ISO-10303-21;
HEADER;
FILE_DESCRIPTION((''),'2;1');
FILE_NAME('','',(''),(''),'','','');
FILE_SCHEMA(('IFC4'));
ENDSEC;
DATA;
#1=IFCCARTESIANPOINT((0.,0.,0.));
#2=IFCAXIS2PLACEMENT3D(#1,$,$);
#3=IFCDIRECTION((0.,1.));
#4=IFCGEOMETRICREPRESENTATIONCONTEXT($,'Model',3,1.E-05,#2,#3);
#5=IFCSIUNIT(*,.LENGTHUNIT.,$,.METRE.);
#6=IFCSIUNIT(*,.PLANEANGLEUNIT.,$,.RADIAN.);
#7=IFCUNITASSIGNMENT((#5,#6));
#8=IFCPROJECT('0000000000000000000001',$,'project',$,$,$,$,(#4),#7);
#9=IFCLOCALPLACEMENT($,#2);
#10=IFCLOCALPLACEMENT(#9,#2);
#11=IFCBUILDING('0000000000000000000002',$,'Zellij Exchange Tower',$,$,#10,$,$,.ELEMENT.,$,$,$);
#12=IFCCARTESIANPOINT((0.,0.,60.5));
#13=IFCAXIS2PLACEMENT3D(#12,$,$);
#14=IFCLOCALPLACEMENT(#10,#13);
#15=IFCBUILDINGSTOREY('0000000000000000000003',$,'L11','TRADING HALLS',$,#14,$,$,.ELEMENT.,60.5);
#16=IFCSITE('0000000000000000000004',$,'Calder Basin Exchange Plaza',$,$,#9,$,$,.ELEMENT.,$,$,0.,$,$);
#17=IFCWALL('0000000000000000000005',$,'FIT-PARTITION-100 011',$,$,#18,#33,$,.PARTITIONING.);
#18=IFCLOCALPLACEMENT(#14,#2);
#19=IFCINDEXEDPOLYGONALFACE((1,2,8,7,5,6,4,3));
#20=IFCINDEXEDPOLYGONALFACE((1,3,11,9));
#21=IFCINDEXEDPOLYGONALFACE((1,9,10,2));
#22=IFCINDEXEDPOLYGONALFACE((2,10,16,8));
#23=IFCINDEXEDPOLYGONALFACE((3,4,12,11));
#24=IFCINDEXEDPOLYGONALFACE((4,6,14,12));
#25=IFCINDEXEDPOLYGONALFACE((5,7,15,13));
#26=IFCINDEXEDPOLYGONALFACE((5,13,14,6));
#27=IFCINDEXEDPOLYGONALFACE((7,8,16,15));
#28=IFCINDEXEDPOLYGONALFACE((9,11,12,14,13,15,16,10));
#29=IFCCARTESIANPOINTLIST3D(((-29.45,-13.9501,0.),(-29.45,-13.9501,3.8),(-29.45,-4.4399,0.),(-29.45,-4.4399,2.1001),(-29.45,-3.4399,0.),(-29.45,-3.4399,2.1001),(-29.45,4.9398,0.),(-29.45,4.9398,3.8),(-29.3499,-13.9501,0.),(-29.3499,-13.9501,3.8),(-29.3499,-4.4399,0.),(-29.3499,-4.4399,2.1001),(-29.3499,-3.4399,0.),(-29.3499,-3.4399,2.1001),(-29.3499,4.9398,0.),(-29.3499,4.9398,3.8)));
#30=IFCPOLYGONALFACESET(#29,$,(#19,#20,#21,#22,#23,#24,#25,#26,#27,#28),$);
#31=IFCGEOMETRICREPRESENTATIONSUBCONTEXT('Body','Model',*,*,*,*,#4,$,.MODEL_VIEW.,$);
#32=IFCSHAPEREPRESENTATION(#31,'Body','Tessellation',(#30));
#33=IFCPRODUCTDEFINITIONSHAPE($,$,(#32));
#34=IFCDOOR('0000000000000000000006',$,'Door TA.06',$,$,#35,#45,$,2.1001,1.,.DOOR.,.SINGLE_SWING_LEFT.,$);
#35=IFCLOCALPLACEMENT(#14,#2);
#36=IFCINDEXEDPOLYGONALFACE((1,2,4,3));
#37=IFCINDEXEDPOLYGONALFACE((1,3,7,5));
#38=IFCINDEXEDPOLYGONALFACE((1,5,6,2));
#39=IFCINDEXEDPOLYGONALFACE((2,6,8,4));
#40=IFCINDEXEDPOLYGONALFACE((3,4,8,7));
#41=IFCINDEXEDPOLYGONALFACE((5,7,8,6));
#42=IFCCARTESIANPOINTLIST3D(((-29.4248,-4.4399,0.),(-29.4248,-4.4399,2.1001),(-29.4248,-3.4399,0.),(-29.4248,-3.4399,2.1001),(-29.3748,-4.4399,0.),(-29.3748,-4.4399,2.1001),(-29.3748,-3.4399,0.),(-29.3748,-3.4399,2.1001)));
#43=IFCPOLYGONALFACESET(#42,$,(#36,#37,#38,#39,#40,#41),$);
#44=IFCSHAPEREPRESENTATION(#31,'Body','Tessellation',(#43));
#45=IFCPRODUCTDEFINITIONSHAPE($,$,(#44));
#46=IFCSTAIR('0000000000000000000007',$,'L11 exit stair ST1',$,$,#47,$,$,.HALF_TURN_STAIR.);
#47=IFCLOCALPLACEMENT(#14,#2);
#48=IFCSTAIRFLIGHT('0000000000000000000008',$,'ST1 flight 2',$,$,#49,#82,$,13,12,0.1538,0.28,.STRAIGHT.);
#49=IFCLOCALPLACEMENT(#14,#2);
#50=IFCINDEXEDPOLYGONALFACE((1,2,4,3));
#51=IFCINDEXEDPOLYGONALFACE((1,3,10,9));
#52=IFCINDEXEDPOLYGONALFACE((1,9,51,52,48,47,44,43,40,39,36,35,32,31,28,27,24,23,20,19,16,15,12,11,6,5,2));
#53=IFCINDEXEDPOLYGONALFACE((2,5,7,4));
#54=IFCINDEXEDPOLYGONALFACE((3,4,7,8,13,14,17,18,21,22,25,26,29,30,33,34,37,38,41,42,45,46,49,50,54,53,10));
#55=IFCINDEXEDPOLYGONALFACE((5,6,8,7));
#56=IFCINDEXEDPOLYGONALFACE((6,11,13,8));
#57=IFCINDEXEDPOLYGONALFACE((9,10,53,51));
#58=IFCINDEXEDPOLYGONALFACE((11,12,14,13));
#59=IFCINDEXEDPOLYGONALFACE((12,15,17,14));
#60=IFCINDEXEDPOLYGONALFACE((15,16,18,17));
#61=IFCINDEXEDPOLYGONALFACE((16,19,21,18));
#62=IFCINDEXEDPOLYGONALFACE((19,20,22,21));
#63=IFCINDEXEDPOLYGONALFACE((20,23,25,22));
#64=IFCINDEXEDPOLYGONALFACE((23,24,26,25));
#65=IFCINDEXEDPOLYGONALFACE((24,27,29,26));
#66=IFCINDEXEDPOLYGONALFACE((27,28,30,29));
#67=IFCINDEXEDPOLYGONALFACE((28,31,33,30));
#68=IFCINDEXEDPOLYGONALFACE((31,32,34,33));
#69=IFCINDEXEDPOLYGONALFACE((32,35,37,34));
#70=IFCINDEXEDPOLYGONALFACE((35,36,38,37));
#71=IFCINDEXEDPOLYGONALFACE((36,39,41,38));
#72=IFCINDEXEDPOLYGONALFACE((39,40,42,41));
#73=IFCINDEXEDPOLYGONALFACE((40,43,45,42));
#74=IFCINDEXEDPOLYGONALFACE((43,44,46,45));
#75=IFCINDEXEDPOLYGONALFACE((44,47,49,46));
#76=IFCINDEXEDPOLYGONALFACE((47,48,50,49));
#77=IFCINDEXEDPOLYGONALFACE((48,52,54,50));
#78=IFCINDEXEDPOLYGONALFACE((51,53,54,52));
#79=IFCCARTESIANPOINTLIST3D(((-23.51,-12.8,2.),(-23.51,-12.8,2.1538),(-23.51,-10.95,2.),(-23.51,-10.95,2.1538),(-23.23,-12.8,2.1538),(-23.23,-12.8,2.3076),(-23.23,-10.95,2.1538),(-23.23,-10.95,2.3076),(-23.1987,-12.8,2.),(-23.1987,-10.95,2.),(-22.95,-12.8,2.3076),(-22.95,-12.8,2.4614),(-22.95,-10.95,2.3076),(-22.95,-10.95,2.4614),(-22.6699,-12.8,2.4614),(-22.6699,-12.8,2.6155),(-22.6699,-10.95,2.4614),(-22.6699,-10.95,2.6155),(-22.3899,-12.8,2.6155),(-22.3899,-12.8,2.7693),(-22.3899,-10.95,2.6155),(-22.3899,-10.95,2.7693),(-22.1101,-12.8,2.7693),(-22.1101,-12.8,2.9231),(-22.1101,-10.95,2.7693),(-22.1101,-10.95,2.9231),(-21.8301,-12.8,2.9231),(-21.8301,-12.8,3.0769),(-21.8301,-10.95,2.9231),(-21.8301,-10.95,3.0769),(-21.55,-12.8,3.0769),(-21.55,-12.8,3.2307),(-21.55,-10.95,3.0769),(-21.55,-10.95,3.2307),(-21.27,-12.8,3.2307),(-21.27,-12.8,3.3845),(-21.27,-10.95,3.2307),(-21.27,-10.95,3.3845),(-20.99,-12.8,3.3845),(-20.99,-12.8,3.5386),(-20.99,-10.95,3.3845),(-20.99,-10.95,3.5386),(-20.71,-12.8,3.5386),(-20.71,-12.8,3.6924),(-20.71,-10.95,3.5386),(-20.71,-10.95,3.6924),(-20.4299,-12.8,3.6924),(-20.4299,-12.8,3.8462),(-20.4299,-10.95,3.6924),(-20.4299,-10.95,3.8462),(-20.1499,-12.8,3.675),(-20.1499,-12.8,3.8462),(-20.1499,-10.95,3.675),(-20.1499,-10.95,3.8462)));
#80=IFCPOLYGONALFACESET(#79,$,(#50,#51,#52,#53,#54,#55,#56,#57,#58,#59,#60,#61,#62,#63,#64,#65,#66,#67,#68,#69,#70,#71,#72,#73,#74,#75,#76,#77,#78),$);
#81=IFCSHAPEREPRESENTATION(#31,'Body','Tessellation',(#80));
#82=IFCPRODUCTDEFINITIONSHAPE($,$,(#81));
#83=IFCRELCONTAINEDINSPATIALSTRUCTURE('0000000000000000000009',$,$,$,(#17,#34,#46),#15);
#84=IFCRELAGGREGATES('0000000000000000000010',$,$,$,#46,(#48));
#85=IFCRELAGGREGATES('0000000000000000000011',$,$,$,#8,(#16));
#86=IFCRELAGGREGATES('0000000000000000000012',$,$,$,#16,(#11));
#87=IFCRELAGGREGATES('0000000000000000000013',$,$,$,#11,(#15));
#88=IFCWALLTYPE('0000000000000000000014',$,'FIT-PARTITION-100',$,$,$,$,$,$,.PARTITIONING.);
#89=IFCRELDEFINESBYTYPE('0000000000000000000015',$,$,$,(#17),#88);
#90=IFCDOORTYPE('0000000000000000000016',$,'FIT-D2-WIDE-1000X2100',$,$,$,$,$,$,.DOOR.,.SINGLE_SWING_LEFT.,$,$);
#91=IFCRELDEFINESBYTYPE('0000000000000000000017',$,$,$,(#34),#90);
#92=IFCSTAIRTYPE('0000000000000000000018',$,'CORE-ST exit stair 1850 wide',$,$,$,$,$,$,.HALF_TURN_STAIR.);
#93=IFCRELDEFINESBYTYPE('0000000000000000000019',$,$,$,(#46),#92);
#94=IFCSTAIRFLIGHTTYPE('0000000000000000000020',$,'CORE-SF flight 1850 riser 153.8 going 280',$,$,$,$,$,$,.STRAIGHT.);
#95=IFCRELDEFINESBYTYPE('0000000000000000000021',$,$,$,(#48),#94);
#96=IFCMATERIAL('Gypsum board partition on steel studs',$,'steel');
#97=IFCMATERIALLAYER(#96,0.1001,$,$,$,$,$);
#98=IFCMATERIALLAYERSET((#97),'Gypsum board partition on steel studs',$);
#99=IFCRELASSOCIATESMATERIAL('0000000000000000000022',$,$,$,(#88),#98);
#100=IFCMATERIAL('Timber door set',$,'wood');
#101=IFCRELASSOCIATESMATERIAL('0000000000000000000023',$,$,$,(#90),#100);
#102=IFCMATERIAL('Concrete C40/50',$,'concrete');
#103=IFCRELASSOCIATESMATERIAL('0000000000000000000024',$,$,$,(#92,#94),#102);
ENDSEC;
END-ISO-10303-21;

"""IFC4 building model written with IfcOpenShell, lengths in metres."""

from ifc_helpers import new_model, si_unit, direction, frame, frame_2d, origin, place, context, subcontext, project, spatial, polyline, rectangle, outline, extrude, material, layer, layer_set, type_object, element, fill, aggregate, save


model = new_model("IFC4")

# Units and contexts
model_context = context("Model", 3, precision=1e-05, world=origin(), true_north=direction((0.0, 1.0)))
body_context = subcontext(model_context, "Body", "Model", "MODEL_VIEW")
ifc_project = project(units=[si_unit("LENGTHUNIT", "METRE"), si_unit("PLANEANGLEUNIT", "RADIAN")], contexts=[model_context])

# Site, building, storey
site_placement = place(None, origin())
site = spatial("IfcSite", under=ifc_project, at=site_placement, Name="Calder Basin Exchange Plaza", CompositionType="ELEMENT", RefElevation=0.0)
building_placement = place(site_placement, origin())
building = spatial("IfcBuilding", under=site, at=building_placement, Name="Zellij Exchange Tower", CompositionType="ELEMENT")
storey_placement = place(building_placement, frame((0.0, 0.0, 60.5)))
storey = spatial("IfcBuildingStorey", under=building, at=storey_placement, Name="L11", Description="TRADING HALLS", CompositionType="ELEMENT", Elevation=60.5)

# Shared definitions
ifc_material_1 = material(Name="Gypsum board partition on steel studs", Category="steel")
ifc_layer_1 = layer(ifc_material_1, 0.1001)
ifc_layer_set_1 = layer_set([ifc_layer_1], Name="Gypsum board partition on steel studs")
wall_type_1 = type_object("IfcWallType", Name="FIT-PARTITION-100", PredefinedType="PARTITIONING", material=ifc_layer_set_1)
ifc_material_2 = material(Name="Timber door set", Category="wood")

# Wall, opening, door
wall_1_placement = place(storey_placement, frame((-29.3999, -13.95, 0.0), z_axis=(0.0, 0.0, 1.0), x_axis=(0.0, 1.0, 0.0)))
wall_1 = element("IfcWall", 1, at=wall_1_placement, inside=storey, type_object=wall_type_1, Name="FIT-PARTITION-100 011", PredefinedType="PARTITIONING", context=body_context, shape_type="SweptSolid", body=[
    extrude(rectangle(XDim=18.8899, YDim=0.1001, at=frame_2d((9.4448, 0.0))), origin(), (0.0, 0.0, 1.0), 3.8),
])
opening_1_placement = place(wall_1_placement, frame((9.51, 0.0, 0.0)))
opening_1 = element("IfcOpeningElement", 2, at=opening_1_placement, cuts=wall_1, PredefinedType="OPENING", context=body_context, shape_type="SweptSolid", body=[
    extrude(rectangle(XDim=1.0, YDim=2.1001, at=frame_2d((0.5, 1.05))), frame((0.0, 0.062, 0.0), z_axis=(0.0, -1.0, 0.0), x_axis=(1.0, 0.0, 0.0)), (0.0, 0.0, 1.0), 0.124),
])
door_type_1 = type_object("IfcDoorType", Name="FIT-D2-WIDE-1000X2100", OperationType="SINGLE_SWING_LEFT", PredefinedType="DOOR", material=ifc_material_2)
door_1_placement = place(opening_1_placement, origin())
door_1 = element("IfcDoor", 3, at=door_1_placement, inside=storey, type_object=door_type_1, Name="Door TA.06", OperationType="SINGLE_SWING_LEFT", OverallHeight=2.1001, OverallWidth=1.0, PredefinedType="DOOR", context=body_context, shape_type="SweptSolid", body=[
    extrude(rectangle(XDim=1.0, YDim=2.1001, at=frame_2d((0.5, 1.05))), frame((0.0, 0.0249, 0.0), z_axis=(0.0, -1.0, 0.0), x_axis=(1.0, 0.0, 0.0)), (0.0, 0.0, 1.0), 0.05),
])
fill(opening_1, door_1)

# Stair, stair flight
ifc_material_3 = material(Name="Concrete C40/50", Category="concrete")
stair_type = type_object("IfcStairType", Name="CORE-ST exit stair 1850 wide", PredefinedType="HALF_TURN_STAIR", material=ifc_material_3)
stair_placement = place(storey_placement, origin())
stair = element("IfcStair", 4, at=stair_placement, inside=storey, type_object=stair_type, Name="L11 exit stair ST1", PredefinedType="HALF_TURN_STAIR")
stair_flight_type = type_object("IfcStairFlightType", Name="CORE-SF flight 1850 riser 153.8 going 280", PredefinedType="STRAIGHT", material=ifc_material_3)
stair_flight_placement = place(storey_placement, frame((-23.51, -11.875, 2.0), z_axis=(0.0, 0.0, 1.0), x_axis=(1.0, 0.0, 0.0)))
stair_flight = element("IfcStairFlight", 5, at=stair_flight_placement, type_object=stair_flight_type, Name="ST1 flight 2", NumberOfRisers=13, NumberOfTreads=12, PredefinedType="STRAIGHT", RiserHeight=0.1538, TreadLength=0.28, context=body_context, shape_type="SweptSolid", body=[
    extrude(outline(polyline([(0.0, 0.0), (0.0, 0.1538), (0.28, 0.1538), (0.28, 0.3076), (0.5601, 0.3076), (0.5601, 0.4614), (0.8401, 0.4614), (0.8401, 0.6155), (1.1201, 0.6155), (1.1201, 0.7693), (1.3999, 0.7693), (1.3999, 0.9231), (1.6799, 0.9231), (1.6799, 1.0769), (1.96, 1.0769), (1.96, 1.2307), (2.24, 1.2307), (2.24, 1.3845), (2.52, 1.3845), (2.52, 1.5386), (2.8, 1.5386), (2.8, 1.6924), (3.0801, 1.6924), (3.0801, 1.8462), (3.3601, 1.8462), (3.3601, 2.0), (3.3601, 1.675), (0.3113, 0.0), (0.0, 0.0)])), frame((0.0, 0.925, 0.0), z_axis=(0.0, -1.0, 0.0), x_axis=(1.0, 0.0, 0.0)), (0.0, 0.0, 1.0), 1.8501),
])
aggregate(stair, [stair_flight])

save(model, "model.ifc")
